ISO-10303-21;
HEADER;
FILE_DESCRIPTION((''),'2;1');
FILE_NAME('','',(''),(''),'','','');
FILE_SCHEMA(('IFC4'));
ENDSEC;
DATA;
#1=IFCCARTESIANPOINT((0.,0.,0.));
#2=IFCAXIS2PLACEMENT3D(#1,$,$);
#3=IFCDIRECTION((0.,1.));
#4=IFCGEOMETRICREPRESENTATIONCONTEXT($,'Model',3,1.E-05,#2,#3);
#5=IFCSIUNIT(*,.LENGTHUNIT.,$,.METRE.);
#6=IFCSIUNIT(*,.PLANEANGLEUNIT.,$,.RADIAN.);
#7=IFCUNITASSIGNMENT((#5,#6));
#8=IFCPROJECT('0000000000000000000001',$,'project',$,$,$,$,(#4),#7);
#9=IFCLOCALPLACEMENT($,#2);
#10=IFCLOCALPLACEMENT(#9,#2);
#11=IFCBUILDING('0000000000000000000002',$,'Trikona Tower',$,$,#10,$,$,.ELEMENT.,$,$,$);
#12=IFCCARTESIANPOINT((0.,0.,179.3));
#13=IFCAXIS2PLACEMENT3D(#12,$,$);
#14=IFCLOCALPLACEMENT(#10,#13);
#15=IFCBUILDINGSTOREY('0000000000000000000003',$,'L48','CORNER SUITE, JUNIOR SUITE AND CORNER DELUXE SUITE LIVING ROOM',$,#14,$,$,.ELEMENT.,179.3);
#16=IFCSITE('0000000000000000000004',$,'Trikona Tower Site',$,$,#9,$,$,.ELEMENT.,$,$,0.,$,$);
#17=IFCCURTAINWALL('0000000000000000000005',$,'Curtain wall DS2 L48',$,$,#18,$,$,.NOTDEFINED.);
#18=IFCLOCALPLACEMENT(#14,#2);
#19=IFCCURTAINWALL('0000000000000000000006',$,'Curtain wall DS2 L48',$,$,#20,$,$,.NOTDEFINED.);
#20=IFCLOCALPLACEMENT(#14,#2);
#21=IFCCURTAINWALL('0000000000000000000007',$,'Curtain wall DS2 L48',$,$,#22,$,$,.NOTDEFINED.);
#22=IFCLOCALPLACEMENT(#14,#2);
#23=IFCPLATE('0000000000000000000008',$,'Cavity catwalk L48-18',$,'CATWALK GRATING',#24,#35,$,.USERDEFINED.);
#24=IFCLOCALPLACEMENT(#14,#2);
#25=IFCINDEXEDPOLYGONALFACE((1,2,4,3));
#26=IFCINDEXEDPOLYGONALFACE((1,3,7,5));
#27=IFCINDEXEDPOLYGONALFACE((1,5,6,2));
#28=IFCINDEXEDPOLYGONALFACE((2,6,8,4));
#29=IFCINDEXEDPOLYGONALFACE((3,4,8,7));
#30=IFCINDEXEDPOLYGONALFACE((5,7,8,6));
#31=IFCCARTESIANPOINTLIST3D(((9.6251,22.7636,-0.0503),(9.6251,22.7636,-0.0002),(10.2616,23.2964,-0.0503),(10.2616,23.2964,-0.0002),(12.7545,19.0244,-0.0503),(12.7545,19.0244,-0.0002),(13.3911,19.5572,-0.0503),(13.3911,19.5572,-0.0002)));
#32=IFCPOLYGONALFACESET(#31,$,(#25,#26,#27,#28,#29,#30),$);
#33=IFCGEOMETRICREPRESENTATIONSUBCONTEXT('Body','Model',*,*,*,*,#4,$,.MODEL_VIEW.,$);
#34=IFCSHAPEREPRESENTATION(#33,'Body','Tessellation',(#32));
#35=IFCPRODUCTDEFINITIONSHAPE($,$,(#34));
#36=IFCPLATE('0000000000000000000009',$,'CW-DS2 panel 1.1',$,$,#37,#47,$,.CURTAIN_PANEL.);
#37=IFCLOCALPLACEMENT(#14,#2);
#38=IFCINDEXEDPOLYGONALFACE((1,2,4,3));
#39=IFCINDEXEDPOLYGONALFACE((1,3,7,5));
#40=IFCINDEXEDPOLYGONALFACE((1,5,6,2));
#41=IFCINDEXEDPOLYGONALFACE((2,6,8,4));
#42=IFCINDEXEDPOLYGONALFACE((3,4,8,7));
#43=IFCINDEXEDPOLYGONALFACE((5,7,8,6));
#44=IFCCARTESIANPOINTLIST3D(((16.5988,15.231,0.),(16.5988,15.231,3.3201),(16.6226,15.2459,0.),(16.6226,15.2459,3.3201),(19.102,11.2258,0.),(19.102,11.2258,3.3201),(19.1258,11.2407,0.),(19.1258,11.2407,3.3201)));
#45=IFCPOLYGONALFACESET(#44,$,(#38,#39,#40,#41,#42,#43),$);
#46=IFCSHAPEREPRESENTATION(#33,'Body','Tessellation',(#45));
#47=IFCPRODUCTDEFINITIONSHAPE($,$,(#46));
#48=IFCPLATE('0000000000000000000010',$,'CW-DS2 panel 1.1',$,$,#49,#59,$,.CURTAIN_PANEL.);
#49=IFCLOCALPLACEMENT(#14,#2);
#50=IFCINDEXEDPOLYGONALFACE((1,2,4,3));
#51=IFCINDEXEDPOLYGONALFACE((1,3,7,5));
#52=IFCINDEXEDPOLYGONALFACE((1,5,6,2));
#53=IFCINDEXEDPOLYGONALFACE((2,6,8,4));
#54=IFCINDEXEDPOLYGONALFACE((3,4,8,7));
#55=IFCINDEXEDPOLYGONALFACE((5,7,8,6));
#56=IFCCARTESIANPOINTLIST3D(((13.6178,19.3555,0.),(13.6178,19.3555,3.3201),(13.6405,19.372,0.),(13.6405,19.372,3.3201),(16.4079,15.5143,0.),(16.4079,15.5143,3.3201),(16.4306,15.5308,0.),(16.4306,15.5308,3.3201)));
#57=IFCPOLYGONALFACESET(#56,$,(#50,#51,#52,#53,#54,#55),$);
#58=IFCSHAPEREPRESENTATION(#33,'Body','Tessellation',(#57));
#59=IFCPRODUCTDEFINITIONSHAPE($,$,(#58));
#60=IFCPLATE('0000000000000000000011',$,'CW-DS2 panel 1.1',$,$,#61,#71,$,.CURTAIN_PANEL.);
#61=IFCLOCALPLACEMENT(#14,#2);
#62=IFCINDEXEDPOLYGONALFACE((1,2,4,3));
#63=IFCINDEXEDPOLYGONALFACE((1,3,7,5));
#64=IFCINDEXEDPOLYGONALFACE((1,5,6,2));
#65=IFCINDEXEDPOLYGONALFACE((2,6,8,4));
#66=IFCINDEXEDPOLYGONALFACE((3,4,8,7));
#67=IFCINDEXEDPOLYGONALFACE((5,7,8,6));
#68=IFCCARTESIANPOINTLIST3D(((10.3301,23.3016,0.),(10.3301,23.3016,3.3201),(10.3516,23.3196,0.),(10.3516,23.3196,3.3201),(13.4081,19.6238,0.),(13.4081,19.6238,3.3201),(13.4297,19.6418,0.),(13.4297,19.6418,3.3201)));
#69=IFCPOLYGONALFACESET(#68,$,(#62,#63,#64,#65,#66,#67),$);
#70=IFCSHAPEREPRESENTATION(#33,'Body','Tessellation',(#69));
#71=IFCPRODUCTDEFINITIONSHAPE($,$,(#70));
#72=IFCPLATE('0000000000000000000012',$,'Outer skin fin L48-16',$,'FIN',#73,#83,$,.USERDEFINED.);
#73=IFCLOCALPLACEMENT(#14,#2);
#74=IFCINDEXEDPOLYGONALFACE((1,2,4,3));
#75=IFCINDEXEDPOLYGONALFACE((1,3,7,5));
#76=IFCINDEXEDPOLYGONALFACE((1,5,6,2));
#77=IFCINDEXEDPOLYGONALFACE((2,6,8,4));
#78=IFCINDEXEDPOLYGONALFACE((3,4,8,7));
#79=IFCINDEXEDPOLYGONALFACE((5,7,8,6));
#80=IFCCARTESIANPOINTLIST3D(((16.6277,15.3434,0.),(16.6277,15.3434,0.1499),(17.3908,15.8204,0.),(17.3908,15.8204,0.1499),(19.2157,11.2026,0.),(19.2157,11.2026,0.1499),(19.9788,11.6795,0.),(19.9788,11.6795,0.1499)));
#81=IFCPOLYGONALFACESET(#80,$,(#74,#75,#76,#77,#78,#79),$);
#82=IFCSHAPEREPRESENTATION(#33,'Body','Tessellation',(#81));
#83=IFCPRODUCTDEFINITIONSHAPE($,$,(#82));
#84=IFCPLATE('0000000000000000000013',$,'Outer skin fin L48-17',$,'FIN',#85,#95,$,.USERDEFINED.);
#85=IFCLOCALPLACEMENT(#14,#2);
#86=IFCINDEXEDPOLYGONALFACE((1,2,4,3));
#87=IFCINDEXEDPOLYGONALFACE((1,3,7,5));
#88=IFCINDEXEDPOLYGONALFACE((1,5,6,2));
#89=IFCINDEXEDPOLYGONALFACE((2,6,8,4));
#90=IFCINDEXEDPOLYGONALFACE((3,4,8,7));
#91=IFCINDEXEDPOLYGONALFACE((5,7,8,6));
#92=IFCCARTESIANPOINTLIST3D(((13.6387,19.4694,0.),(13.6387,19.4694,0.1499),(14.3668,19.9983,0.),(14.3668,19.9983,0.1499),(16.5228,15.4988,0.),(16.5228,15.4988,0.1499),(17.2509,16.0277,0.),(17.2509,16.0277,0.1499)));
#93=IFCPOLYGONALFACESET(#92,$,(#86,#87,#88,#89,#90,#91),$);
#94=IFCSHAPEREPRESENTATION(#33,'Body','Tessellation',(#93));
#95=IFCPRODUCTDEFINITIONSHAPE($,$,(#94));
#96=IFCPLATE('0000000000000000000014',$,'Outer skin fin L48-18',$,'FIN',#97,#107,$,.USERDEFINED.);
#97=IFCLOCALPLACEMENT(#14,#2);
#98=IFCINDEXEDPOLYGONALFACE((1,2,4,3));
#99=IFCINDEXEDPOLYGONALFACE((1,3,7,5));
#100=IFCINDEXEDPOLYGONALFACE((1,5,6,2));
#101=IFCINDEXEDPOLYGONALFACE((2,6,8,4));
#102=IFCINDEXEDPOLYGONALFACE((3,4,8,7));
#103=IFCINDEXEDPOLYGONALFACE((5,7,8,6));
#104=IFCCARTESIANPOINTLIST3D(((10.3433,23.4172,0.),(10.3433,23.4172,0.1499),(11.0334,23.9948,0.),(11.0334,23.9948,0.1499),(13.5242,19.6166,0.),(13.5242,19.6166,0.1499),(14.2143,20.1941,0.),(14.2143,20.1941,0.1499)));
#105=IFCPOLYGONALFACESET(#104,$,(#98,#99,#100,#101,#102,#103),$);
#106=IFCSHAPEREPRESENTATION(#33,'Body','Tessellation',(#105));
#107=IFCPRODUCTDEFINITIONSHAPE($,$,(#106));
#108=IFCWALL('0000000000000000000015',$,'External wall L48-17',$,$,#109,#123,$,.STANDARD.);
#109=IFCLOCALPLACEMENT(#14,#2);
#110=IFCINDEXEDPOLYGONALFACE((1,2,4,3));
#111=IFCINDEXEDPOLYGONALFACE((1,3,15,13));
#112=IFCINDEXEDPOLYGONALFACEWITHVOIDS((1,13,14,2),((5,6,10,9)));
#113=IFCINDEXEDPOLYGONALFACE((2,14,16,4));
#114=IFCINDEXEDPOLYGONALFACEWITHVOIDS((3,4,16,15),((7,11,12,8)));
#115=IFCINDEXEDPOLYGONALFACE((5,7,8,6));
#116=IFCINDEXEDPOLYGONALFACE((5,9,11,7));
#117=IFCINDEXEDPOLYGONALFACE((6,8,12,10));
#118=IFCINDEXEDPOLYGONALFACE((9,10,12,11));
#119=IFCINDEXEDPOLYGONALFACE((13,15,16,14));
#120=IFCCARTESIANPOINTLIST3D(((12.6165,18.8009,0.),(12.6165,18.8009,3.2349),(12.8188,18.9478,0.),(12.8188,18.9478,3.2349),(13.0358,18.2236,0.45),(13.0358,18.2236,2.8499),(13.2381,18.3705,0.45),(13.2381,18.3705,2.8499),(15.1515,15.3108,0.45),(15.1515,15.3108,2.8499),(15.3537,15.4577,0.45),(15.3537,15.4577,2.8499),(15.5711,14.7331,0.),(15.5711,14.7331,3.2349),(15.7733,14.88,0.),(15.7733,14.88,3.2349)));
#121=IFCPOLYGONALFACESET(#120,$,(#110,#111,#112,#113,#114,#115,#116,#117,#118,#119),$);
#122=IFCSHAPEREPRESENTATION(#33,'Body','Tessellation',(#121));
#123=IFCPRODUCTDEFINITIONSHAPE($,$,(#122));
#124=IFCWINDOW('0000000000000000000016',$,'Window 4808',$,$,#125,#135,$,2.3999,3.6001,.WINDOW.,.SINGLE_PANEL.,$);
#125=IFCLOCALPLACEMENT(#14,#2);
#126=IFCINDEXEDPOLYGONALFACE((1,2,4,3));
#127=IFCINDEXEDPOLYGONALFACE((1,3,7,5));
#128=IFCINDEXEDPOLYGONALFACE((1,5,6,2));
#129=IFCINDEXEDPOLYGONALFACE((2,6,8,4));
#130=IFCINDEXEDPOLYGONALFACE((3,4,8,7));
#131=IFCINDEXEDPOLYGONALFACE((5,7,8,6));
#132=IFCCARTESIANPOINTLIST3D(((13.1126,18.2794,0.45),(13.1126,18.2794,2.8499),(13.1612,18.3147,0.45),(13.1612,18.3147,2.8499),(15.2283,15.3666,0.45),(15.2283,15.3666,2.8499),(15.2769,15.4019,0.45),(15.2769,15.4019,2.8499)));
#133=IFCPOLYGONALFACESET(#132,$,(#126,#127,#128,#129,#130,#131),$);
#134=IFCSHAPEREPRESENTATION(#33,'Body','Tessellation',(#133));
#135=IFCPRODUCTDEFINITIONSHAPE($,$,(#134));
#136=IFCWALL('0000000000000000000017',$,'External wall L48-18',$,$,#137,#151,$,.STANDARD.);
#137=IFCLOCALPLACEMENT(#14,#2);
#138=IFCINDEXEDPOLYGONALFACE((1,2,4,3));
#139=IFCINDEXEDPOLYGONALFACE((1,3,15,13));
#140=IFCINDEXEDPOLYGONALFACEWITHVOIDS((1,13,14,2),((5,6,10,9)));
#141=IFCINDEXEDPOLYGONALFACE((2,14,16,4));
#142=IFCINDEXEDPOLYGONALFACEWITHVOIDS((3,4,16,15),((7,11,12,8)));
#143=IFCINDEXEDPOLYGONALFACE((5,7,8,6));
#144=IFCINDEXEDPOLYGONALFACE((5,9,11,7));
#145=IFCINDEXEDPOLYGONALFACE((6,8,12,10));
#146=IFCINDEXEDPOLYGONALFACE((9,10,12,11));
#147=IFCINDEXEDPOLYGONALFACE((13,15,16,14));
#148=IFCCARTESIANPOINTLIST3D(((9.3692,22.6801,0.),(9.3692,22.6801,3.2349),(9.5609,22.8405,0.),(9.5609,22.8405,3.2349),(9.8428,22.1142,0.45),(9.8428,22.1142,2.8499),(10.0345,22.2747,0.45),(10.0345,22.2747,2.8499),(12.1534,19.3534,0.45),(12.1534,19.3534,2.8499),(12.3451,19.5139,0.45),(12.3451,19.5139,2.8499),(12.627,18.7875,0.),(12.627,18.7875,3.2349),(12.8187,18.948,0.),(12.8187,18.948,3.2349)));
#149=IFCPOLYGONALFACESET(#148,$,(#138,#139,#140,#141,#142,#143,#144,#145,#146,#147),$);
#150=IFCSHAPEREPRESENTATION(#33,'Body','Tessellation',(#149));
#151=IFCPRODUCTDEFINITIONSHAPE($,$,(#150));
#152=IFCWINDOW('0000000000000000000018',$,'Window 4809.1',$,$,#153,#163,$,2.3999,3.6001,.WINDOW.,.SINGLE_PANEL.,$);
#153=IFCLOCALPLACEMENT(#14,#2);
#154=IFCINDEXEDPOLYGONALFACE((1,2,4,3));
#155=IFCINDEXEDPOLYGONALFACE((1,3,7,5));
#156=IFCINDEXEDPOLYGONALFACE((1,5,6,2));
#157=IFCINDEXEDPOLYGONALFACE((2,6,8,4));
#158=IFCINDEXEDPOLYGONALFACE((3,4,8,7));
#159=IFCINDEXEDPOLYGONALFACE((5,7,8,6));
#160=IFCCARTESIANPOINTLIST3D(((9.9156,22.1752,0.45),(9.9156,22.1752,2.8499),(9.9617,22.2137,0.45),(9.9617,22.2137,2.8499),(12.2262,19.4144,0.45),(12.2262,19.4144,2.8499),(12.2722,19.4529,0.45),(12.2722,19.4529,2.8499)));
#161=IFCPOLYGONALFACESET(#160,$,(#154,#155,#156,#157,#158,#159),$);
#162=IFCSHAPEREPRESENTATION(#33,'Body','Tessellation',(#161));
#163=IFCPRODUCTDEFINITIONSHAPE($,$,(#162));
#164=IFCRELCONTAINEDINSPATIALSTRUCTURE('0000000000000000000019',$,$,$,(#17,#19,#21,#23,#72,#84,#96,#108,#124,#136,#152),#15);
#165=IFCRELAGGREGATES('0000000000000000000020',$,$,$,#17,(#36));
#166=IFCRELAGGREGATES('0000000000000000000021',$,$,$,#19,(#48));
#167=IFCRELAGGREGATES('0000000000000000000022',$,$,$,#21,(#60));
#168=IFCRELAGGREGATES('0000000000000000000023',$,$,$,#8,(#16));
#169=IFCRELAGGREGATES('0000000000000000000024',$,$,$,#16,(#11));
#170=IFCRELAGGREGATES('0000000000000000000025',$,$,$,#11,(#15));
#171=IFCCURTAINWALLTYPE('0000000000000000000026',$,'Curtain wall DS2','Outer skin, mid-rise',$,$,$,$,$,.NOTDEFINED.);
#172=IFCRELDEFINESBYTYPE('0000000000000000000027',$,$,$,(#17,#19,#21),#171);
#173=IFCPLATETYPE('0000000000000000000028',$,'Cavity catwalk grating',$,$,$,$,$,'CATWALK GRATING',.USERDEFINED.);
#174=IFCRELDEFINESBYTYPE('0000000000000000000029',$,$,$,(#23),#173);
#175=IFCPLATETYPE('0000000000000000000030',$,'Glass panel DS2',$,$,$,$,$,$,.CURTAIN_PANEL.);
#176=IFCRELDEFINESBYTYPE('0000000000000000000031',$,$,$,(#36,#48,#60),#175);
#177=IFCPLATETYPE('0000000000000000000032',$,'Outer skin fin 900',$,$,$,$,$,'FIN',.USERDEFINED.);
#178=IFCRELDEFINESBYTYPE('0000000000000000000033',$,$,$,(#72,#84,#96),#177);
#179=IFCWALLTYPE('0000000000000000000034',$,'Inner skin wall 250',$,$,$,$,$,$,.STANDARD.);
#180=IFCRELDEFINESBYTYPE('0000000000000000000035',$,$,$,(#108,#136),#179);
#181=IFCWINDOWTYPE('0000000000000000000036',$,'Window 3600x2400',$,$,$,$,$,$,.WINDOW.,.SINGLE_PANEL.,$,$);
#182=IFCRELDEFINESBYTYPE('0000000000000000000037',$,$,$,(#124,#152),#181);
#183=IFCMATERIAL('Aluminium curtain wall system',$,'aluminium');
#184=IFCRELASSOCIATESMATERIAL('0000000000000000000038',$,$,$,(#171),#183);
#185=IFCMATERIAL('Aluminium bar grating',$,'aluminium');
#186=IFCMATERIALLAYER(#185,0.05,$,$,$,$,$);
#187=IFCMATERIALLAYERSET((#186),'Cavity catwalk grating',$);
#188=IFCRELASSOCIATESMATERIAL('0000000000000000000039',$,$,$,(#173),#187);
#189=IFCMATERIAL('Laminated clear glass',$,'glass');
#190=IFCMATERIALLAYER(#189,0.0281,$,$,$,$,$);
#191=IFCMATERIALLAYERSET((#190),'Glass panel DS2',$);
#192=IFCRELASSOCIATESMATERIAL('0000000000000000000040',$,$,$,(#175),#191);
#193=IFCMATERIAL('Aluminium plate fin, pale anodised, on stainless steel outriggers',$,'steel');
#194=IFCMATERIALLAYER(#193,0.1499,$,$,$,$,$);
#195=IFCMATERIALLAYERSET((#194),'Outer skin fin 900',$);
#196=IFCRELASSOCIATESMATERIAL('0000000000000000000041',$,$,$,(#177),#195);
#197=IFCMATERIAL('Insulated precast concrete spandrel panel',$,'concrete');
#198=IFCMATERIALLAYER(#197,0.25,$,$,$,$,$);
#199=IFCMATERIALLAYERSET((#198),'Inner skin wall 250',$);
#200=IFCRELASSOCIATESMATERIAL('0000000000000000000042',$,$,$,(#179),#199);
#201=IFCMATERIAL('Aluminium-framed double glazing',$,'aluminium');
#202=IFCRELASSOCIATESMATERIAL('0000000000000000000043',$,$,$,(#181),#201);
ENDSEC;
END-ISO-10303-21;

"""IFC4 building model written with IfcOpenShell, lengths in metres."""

from ifc_helpers import new_model, si_unit, direction, frame, frame_2d, origin, origin_2d, place, context, subcontext, project, spatial, rectangle, extrude, material, layer, layer_set, type_object, element, fill, aggregate, save


model = new_model("IFC4")

# Units and contexts
model_context = context("Model", 3, precision=1e-05, world=origin(), true_north=direction((0.0, 1.0)))
body_context = subcontext(model_context, "Body", "Model", "MODEL_VIEW")
ifc_project = project(units=[si_unit("LENGTHUNIT", "METRE"), si_unit("PLANEANGLEUNIT", "RADIAN")], contexts=[model_context])

# Site, building, storey
site_placement = place(None, origin())
site = spatial("IfcSite", under=ifc_project, at=site_placement, Name="Trikona Tower Site", CompositionType="ELEMENT", RefElevation=0.0)
building_placement = place(site_placement, origin())
building = spatial("IfcBuilding", under=site, at=building_placement, Name="Trikona Tower", CompositionType="ELEMENT")
storey_placement = place(building_placement, frame((0.0, 0.0, 179.3)))
storey = spatial("IfcBuildingStorey", under=building, at=storey_placement, Name="L48", Description="CORNER SUITE, JUNIOR SUITE AND CORNER DELUXE SUITE LIVING ROOM", CompositionType="ELEMENT", Elevation=179.3)

# Curtain wall
ifc_material_1 = material(Name="Aluminium curtain wall system", Category="aluminium")
curtain_wall_type = type_object("IfcCurtainWallType", Name="Curtain wall DS2", Description="Outer skin, mid-rise", PredefinedType="NOTDEFINED", material=ifc_material_1)
curtain_wall_1_placement = place(storey_placement, origin())
curtain_wall_1 = element("IfcCurtainWall", 1, at=curtain_wall_1_placement, inside=storey, type_object=curtain_wall_type, Name="Curtain wall DS2 L48", PredefinedType="NOTDEFINED")

# Curtain walls
curtain_wall_2_placement = place(storey_placement, origin())
curtain_wall_2 = element("IfcCurtainWall", 2, at=curtain_wall_2_placement, inside=storey, type_object=curtain_wall_type, Name="Curtain wall DS2 L48", PredefinedType="NOTDEFINED")
curtain_wall_3_placement = place(storey_placement, origin())
curtain_wall_3 = element("IfcCurtainWall", 3, at=curtain_wall_3_placement, inside=storey, type_object=curtain_wall_type, Name="Curtain wall DS2 L48", PredefinedType="NOTDEFINED")

# Plate
ifc_material_2 = material(Name="Aluminium bar grating", Category="aluminium")
ifc_layer_1 = layer(ifc_material_2, 0.05)
ifc_layer_set_1 = layer_set([ifc_layer_1], Name="Cavity catwalk grating")
plate_type_1 = type_object("IfcPlateType", Name="Cavity catwalk grating", ElementType="CATWALK GRATING", PredefinedType="USERDEFINED", material=ifc_layer_set_1)
plate_1_placement = place(storey_placement, frame((11.5081, 21.1604, -0.0503), z_axis=(0.0, 0.0, 1.0), x_axis=(-0.641807, 0.766866, 0.0)))
element("IfcPlate", 4, at=plate_1_placement, inside=storey, type_object=plate_type_1, Name="Cavity catwalk L48-18", ObjectType="CATWALK GRATING", PredefinedType="USERDEFINED", context=body_context, shape_type="SweptSolid", body=[
    extrude(rectangle(XDim=4.876, YDim=0.8301, at=origin_2d()), origin(), (0.0, 0.0, 1.0), 0.05),
])

# Plates
ifc_material_3 = material(Name="Laminated clear glass", Category="glass")
ifc_layer_2 = layer(ifc_material_3, 0.0281)
ifc_layer_set_2 = layer_set([ifc_layer_2], Name="Glass panel DS2")
plate_type_2 = type_object("IfcPlateType", Name="Glass panel DS2", PredefinedType="CURTAIN_PANEL", material=ifc_layer_set_2)
plate_2_placement = place(storey_placement, frame((17.8623, 13.2358, 0.0), z_axis=(0.0, 0.0, 1.0), x_axis=(-0.529999, 0.847998, 0.0)))
plate_2 = element("IfcPlate", 5, at=plate_2_placement, type_object=plate_type_2, Name="CW-DS2 panel 1.1", PredefinedType="CURTAIN_PANEL", context=body_context, shape_type="SweptSolid", body=[
    extrude(rectangle(XDim=4.7231, YDim=0.0281, at=origin_2d()), origin(), (0.0, 0.0, 1.0), 3.3201),
])
aggregate(curtain_wall_1, [plate_2])
plate_3_placement = place(storey_placement, frame((15.0242, 17.4431, 0.0), z_axis=(0.0, 0.0, 1.0), x_axis=(-0.587691, 0.809086, 0.0)))
plate_3 = element("IfcPlate", 6, at=plate_3_placement, type_object=plate_type_2, Name="CW-DS2 panel 1.1", PredefinedType="CURTAIN_PANEL", context=body_context, shape_type="SweptSolid", body=[
    extrude(rectangle(XDim=4.7476, YDim=0.0281, at=origin_2d()), origin(), (0.0, 0.0, 1.0), 3.3201),
])
aggregate(curtain_wall_2, [plate_3])
plate_4_placement = place(storey_placement, frame((11.8799, 21.4717, 0.0), z_axis=(0.0, 0.0, 1.0), x_axis=(-0.641806, 0.766867, 0.0)))
plate_4 = element("IfcPlate", 7, at=plate_4_placement, type_object=plate_type_2, Name="CW-DS2 panel 1.1", PredefinedType="CURTAIN_PANEL", context=body_context, shape_type="SweptSolid", body=[
    extrude(rectangle(XDim=4.7959, YDim=0.0281, at=origin_2d()), origin(), (0.0, 0.0, 1.0), 3.3201),
])
aggregate(curtain_wall_3, [plate_4])

# Plates
ifc_material_4 = material(Name="Aluminium plate fin, pale anodised, on stainless steel outriggers", Category="steel")
ifc_layer_3 = layer(ifc_material_4, 0.1499)
ifc_layer_set_3 = layer_set([ifc_layer_3], Name="Outer skin fin 900")
plate_type_3 = type_object("IfcPlateType", Name="Outer skin fin 900", ElementType="FIN", PredefinedType="USERDEFINED", material=ifc_layer_set_3)
plate_5_placement = place(storey_placement, frame((18.3032, 13.5115, 0.0), z_axis=(0.0, 0.0, 1.0), x_axis=(-0.529995, 0.848001, 0.0)))
element("IfcPlate", 8, at=plate_5_placement, inside=storey, type_object=plate_type_3, Name="Outer skin fin L48-16", ObjectType="FIN", PredefinedType="USERDEFINED", context=body_context, shape_type="SweptSolid", body=[
    extrude(rectangle(XDim=4.8831, YDim=0.8999, at=origin_2d()), origin(), (0.0, 0.0, 1.0), 0.1499),
])
plate_6_placement = place(storey_placement, frame((15.4448, 17.7485, 0.0), z_axis=(0.0, 0.0, 1.0), x_axis=(-0.587686, 0.809089, 0.0)))
element("IfcPlate", 9, at=plate_6_placement, inside=storey, type_object=plate_type_3, Name="Outer skin fin L48-17", ObjectType="FIN", PredefinedType="USERDEFINED", context=body_context, shape_type="SweptSolid", body=[
    extrude(rectangle(XDim=4.9075, YDim=0.8999, at=origin_2d()), origin(), (0.0, 0.0, 1.0), 0.1499),
])
plate_7_placement = place(storey_placement, frame((12.2788, 21.8057, 0.0), z_axis=(0.0, 0.0, 1.0), x_axis=(-0.641807, 0.766866, 0.0)))
element("IfcPlate", 10, at=plate_7_placement, inside=storey, type_object=plate_type_3, Name="Outer skin fin L48-18", ObjectType="FIN", PredefinedType="USERDEFINED", context=body_context, shape_type="SweptSolid", body=[
    extrude(rectangle(XDim=4.9561, YDim=0.8999, at=origin_2d()), origin(), (0.0, 0.0, 1.0), 0.1499),
])

# Walls, openings, windows
ifc_material_5 = material(Name="Insulated precast concrete spandrel panel", Category="concrete")
ifc_layer_4 = layer(ifc_material_5, 0.25)
ifc_layer_set_4 = layer_set([ifc_layer_4], Name="Inner skin wall 250")
wall_type = type_object("IfcWallType", Name="Inner skin wall 250", PredefinedType="STANDARD", material=ifc_layer_set_4)
wall_1_placement = place(storey_placement, frame((15.6721, 14.8066, 0.0), z_axis=(0.0, 0.0, 1.0), x_axis=(-0.587669, 0.809101, 0.0)))
wall_1 = element("IfcWall", 11, at=wall_1_placement, inside=storey, type_object=wall_type, Name="External wall L48-17", PredefinedType="STANDARD", context=body_context, shape_type="SweptSolid", body=[
    extrude(rectangle(XDim=5.0276, YDim=0.25, at=frame_2d((2.5137, 0.0))), origin(), (0.0, 0.0, 1.0), 3.2349),
])
opening_1_placement = place(wall_1_placement, frame((0.7139, 0.0, 0.45)))
opening_1 = element("IfcOpeningElement", 12, at=opening_1_placement, cuts=wall_1, PredefinedType="OPENING", context=body_context, shape_type="SweptSolid", body=[
    extrude(rectangle(XDim=3.6001, YDim=2.3999, at=frame_2d((1.8, 1.2))), frame((0.0, 0.135, 0.0), z_axis=(0.0, -1.0, 0.0), x_axis=(1.0, 0.0, 0.0)), (0.0, 0.0, 1.0), 0.27),
])
ifc_material_6 = material(Name="Aluminium-framed double glazing", Category="aluminium")
window_type = type_object("IfcWindowType", Name="Window 3600x2400", PartitioningType="SINGLE_PANEL", PredefinedType="WINDOW", material=ifc_material_6)
window_1_placement = place(opening_1_placement, origin())
window_1 = element("IfcWindow", 13, at=window_1_placement, inside=storey, type_object=window_type, Name="Window 4808", OverallHeight=2.3999, OverallWidth=3.6001, PartitioningType="SINGLE_PANEL", PredefinedType="WINDOW", context=body_context, shape_type="SweptSolid", body=[
    extrude(rectangle(XDim=3.6001, YDim=2.3999, at=frame_2d((1.8, 1.2))), frame((0.0, 0.03, 0.0), z_axis=(0.0, -1.0, 0.0), x_axis=(1.0, 0.0, 0.0)), (0.0, 0.0, 1.0), 0.0601),
])
fill(opening_1, window_1)
wall_2_placement = place(storey_placement, frame((12.7229, 18.8677, 0.0), z_axis=(0.0, 0.0, 1.0), x_axis=(-0.64181, 0.766863, 0.0)))
wall_2 = element("IfcWall", 14, at=wall_2_placement, inside=storey, type_object=wall_type, Name="External wall L48-18", PredefinedType="STANDARD", context=body_context, shape_type="SweptSolid", body=[
    extrude(rectangle(XDim=5.0759, YDim=0.25, at=frame_2d((2.5381, 0.0))), origin(), (0.0, 0.0, 1.0), 3.2349),
])
opening_2_placement = place(wall_2_placement, frame((0.738, 0.0, 0.45)))
opening_2 = element("IfcOpeningElement", 15, at=opening_2_placement, cuts=wall_2, PredefinedType="OPENING", context=body_context, shape_type="SweptSolid", body=[
    extrude(rectangle(XDim=3.6001, YDim=2.3999, at=frame_2d((1.8, 1.2))), frame((0.0, 0.135, 0.0), z_axis=(0.0, -1.0, 0.0), x_axis=(1.0, 0.0, 0.0)), (0.0, 0.0, 1.0), 0.27),
])
window_2_placement = place(opening_2_placement, origin())
window_2 = element("IfcWindow", 16, at=window_2_placement, inside=storey, type_object=window_type, Name="Window 4809.1", OverallHeight=2.3999, OverallWidth=3.6001, PartitioningType="SINGLE_PANEL", PredefinedType="WINDOW", context=body_context, shape_type="SweptSolid", body=[
    extrude(rectangle(XDim=3.6001, YDim=2.3999, at=frame_2d((1.8, 1.2))), frame((0.0, 0.03, 0.0), z_axis=(0.0, -1.0, 0.0), x_axis=(1.0, 0.0, 0.0)), (0.0, 0.0, 1.0), 0.0601),
])
fill(opening_2, window_2)

save(model, "model.ifc")
